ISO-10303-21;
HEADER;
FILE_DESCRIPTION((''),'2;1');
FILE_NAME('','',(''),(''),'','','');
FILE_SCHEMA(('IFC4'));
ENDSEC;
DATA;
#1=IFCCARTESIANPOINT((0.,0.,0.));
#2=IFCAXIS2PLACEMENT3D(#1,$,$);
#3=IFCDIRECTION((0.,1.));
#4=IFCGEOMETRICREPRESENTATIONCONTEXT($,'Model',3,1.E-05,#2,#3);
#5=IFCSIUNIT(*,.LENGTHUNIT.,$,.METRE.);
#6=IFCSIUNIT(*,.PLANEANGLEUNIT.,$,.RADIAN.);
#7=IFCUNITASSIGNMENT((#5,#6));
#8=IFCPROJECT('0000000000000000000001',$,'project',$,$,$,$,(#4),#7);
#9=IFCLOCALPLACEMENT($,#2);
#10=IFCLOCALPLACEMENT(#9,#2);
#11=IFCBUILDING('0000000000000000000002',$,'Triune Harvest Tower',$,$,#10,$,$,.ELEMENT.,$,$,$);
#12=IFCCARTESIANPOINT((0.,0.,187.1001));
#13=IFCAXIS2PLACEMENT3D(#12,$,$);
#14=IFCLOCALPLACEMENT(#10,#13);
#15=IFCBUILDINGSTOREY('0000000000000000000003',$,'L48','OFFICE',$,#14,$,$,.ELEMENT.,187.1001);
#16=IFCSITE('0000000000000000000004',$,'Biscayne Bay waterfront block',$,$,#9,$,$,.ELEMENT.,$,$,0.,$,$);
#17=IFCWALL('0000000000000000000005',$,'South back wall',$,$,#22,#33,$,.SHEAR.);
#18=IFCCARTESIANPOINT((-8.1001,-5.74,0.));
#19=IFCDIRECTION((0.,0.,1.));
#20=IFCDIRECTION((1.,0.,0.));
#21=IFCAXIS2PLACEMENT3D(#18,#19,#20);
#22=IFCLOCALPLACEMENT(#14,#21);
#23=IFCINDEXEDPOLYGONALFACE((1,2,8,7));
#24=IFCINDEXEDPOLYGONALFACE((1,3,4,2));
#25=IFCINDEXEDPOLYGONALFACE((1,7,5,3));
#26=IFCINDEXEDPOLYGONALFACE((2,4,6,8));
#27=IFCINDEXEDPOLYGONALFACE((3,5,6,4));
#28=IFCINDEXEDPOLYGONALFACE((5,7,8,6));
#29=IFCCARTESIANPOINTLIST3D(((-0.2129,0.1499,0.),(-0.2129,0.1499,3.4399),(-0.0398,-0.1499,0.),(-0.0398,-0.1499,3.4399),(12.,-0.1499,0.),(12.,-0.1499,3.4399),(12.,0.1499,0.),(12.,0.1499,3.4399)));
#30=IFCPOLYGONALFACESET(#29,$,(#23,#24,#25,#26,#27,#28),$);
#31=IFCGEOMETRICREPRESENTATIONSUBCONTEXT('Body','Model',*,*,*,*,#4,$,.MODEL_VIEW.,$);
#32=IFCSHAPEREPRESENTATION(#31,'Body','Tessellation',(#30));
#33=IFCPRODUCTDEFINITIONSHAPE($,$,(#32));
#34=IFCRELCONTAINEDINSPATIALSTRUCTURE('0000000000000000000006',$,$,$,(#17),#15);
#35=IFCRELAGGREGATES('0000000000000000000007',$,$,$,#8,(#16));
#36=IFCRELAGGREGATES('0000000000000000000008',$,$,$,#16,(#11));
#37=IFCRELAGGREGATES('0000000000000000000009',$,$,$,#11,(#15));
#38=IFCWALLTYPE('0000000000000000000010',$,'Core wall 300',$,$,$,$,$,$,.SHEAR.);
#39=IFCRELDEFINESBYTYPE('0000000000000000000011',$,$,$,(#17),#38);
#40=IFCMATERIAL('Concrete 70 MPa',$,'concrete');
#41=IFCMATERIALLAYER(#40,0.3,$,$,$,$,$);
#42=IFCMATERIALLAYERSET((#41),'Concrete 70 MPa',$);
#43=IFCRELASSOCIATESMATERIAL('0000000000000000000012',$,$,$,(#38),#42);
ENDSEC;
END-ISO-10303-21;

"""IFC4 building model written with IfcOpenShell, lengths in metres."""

from ifc_helpers import new_model, si_unit, direction, frame, origin, place, context, subcontext, project, spatial, polyline, outline, extrude, source, transform, mapped, material, layer, layer_set, type_object, element, save


model = new_model("IFC4")

# Units and contexts
model_context = context("Model", 3, precision=1e-05, world=origin(), true_north=direction((0.0, 1.0)))
body_context = subcontext(model_context, "Body", "Model", "MODEL_VIEW")
ifc_project = project(units=[si_unit("LENGTHUNIT", "METRE"), si_unit("PLANEANGLEUNIT", "RADIAN")], contexts=[model_context])

# Site, building, storey
site_placement = place(None, origin())
site = spatial("IfcSite", under=ifc_project, at=site_placement, Name="Biscayne Bay waterfront block", CompositionType="ELEMENT", RefElevation=0.0)
building_placement = place(site_placement, origin())
building = spatial("IfcBuilding", under=site, at=building_placement, Name="Triune Harvest Tower", CompositionType="ELEMENT")
storey_placement = place(building_placement, frame((0.0, 0.0, 187.1001)))
storey = spatial("IfcBuildingStorey", under=building, at=storey_placement, Name="L48", Description="OFFICE", CompositionType="ELEMENT", Elevation=187.1001)

# Shared definitions
ifc_material_1 = material(Name="Concrete 70 MPa", Category="concrete")
ifc_layer_1 = layer(ifc_material_1, 0.3)
ifc_layer_set_1 = layer_set([ifc_layer_1], Name="Concrete 70 MPa")
wall_type_1 = type_object("IfcWallType", Name="Core wall 300", PredefinedType="SHEAR", material=ifc_layer_set_1)

# Wall
shared_shape_1 = source(origin(), body_context, "Body", "SweptSolid", [
    extrude(outline(polyline([(12.0, -0.1499), (-0.0398, -0.1499), (-0.2129, 0.1499), (12.0, 0.1499), (12.0, -0.1499)])), origin(), (0.0, 0.0, 1.0), 3.4399),
])
wall_1_placement = place(storey_placement, frame((-8.1001, -5.74, 0.0), z_axis=(0.0, 0.0, 1.0), x_axis=(1.0, 0.0, 0.0)))
element("IfcWall", 1, at=wall_1_placement, inside=storey, type_object=wall_type_1, Name="South back wall", PredefinedType="SHEAR", context=body_context, shape_type="MappedRepresentation", body=[
    mapped(shared_shape_1, transform((0.0, 0.0, 0.0), scale=1.0)),
])

save(model, "model.ifc")
